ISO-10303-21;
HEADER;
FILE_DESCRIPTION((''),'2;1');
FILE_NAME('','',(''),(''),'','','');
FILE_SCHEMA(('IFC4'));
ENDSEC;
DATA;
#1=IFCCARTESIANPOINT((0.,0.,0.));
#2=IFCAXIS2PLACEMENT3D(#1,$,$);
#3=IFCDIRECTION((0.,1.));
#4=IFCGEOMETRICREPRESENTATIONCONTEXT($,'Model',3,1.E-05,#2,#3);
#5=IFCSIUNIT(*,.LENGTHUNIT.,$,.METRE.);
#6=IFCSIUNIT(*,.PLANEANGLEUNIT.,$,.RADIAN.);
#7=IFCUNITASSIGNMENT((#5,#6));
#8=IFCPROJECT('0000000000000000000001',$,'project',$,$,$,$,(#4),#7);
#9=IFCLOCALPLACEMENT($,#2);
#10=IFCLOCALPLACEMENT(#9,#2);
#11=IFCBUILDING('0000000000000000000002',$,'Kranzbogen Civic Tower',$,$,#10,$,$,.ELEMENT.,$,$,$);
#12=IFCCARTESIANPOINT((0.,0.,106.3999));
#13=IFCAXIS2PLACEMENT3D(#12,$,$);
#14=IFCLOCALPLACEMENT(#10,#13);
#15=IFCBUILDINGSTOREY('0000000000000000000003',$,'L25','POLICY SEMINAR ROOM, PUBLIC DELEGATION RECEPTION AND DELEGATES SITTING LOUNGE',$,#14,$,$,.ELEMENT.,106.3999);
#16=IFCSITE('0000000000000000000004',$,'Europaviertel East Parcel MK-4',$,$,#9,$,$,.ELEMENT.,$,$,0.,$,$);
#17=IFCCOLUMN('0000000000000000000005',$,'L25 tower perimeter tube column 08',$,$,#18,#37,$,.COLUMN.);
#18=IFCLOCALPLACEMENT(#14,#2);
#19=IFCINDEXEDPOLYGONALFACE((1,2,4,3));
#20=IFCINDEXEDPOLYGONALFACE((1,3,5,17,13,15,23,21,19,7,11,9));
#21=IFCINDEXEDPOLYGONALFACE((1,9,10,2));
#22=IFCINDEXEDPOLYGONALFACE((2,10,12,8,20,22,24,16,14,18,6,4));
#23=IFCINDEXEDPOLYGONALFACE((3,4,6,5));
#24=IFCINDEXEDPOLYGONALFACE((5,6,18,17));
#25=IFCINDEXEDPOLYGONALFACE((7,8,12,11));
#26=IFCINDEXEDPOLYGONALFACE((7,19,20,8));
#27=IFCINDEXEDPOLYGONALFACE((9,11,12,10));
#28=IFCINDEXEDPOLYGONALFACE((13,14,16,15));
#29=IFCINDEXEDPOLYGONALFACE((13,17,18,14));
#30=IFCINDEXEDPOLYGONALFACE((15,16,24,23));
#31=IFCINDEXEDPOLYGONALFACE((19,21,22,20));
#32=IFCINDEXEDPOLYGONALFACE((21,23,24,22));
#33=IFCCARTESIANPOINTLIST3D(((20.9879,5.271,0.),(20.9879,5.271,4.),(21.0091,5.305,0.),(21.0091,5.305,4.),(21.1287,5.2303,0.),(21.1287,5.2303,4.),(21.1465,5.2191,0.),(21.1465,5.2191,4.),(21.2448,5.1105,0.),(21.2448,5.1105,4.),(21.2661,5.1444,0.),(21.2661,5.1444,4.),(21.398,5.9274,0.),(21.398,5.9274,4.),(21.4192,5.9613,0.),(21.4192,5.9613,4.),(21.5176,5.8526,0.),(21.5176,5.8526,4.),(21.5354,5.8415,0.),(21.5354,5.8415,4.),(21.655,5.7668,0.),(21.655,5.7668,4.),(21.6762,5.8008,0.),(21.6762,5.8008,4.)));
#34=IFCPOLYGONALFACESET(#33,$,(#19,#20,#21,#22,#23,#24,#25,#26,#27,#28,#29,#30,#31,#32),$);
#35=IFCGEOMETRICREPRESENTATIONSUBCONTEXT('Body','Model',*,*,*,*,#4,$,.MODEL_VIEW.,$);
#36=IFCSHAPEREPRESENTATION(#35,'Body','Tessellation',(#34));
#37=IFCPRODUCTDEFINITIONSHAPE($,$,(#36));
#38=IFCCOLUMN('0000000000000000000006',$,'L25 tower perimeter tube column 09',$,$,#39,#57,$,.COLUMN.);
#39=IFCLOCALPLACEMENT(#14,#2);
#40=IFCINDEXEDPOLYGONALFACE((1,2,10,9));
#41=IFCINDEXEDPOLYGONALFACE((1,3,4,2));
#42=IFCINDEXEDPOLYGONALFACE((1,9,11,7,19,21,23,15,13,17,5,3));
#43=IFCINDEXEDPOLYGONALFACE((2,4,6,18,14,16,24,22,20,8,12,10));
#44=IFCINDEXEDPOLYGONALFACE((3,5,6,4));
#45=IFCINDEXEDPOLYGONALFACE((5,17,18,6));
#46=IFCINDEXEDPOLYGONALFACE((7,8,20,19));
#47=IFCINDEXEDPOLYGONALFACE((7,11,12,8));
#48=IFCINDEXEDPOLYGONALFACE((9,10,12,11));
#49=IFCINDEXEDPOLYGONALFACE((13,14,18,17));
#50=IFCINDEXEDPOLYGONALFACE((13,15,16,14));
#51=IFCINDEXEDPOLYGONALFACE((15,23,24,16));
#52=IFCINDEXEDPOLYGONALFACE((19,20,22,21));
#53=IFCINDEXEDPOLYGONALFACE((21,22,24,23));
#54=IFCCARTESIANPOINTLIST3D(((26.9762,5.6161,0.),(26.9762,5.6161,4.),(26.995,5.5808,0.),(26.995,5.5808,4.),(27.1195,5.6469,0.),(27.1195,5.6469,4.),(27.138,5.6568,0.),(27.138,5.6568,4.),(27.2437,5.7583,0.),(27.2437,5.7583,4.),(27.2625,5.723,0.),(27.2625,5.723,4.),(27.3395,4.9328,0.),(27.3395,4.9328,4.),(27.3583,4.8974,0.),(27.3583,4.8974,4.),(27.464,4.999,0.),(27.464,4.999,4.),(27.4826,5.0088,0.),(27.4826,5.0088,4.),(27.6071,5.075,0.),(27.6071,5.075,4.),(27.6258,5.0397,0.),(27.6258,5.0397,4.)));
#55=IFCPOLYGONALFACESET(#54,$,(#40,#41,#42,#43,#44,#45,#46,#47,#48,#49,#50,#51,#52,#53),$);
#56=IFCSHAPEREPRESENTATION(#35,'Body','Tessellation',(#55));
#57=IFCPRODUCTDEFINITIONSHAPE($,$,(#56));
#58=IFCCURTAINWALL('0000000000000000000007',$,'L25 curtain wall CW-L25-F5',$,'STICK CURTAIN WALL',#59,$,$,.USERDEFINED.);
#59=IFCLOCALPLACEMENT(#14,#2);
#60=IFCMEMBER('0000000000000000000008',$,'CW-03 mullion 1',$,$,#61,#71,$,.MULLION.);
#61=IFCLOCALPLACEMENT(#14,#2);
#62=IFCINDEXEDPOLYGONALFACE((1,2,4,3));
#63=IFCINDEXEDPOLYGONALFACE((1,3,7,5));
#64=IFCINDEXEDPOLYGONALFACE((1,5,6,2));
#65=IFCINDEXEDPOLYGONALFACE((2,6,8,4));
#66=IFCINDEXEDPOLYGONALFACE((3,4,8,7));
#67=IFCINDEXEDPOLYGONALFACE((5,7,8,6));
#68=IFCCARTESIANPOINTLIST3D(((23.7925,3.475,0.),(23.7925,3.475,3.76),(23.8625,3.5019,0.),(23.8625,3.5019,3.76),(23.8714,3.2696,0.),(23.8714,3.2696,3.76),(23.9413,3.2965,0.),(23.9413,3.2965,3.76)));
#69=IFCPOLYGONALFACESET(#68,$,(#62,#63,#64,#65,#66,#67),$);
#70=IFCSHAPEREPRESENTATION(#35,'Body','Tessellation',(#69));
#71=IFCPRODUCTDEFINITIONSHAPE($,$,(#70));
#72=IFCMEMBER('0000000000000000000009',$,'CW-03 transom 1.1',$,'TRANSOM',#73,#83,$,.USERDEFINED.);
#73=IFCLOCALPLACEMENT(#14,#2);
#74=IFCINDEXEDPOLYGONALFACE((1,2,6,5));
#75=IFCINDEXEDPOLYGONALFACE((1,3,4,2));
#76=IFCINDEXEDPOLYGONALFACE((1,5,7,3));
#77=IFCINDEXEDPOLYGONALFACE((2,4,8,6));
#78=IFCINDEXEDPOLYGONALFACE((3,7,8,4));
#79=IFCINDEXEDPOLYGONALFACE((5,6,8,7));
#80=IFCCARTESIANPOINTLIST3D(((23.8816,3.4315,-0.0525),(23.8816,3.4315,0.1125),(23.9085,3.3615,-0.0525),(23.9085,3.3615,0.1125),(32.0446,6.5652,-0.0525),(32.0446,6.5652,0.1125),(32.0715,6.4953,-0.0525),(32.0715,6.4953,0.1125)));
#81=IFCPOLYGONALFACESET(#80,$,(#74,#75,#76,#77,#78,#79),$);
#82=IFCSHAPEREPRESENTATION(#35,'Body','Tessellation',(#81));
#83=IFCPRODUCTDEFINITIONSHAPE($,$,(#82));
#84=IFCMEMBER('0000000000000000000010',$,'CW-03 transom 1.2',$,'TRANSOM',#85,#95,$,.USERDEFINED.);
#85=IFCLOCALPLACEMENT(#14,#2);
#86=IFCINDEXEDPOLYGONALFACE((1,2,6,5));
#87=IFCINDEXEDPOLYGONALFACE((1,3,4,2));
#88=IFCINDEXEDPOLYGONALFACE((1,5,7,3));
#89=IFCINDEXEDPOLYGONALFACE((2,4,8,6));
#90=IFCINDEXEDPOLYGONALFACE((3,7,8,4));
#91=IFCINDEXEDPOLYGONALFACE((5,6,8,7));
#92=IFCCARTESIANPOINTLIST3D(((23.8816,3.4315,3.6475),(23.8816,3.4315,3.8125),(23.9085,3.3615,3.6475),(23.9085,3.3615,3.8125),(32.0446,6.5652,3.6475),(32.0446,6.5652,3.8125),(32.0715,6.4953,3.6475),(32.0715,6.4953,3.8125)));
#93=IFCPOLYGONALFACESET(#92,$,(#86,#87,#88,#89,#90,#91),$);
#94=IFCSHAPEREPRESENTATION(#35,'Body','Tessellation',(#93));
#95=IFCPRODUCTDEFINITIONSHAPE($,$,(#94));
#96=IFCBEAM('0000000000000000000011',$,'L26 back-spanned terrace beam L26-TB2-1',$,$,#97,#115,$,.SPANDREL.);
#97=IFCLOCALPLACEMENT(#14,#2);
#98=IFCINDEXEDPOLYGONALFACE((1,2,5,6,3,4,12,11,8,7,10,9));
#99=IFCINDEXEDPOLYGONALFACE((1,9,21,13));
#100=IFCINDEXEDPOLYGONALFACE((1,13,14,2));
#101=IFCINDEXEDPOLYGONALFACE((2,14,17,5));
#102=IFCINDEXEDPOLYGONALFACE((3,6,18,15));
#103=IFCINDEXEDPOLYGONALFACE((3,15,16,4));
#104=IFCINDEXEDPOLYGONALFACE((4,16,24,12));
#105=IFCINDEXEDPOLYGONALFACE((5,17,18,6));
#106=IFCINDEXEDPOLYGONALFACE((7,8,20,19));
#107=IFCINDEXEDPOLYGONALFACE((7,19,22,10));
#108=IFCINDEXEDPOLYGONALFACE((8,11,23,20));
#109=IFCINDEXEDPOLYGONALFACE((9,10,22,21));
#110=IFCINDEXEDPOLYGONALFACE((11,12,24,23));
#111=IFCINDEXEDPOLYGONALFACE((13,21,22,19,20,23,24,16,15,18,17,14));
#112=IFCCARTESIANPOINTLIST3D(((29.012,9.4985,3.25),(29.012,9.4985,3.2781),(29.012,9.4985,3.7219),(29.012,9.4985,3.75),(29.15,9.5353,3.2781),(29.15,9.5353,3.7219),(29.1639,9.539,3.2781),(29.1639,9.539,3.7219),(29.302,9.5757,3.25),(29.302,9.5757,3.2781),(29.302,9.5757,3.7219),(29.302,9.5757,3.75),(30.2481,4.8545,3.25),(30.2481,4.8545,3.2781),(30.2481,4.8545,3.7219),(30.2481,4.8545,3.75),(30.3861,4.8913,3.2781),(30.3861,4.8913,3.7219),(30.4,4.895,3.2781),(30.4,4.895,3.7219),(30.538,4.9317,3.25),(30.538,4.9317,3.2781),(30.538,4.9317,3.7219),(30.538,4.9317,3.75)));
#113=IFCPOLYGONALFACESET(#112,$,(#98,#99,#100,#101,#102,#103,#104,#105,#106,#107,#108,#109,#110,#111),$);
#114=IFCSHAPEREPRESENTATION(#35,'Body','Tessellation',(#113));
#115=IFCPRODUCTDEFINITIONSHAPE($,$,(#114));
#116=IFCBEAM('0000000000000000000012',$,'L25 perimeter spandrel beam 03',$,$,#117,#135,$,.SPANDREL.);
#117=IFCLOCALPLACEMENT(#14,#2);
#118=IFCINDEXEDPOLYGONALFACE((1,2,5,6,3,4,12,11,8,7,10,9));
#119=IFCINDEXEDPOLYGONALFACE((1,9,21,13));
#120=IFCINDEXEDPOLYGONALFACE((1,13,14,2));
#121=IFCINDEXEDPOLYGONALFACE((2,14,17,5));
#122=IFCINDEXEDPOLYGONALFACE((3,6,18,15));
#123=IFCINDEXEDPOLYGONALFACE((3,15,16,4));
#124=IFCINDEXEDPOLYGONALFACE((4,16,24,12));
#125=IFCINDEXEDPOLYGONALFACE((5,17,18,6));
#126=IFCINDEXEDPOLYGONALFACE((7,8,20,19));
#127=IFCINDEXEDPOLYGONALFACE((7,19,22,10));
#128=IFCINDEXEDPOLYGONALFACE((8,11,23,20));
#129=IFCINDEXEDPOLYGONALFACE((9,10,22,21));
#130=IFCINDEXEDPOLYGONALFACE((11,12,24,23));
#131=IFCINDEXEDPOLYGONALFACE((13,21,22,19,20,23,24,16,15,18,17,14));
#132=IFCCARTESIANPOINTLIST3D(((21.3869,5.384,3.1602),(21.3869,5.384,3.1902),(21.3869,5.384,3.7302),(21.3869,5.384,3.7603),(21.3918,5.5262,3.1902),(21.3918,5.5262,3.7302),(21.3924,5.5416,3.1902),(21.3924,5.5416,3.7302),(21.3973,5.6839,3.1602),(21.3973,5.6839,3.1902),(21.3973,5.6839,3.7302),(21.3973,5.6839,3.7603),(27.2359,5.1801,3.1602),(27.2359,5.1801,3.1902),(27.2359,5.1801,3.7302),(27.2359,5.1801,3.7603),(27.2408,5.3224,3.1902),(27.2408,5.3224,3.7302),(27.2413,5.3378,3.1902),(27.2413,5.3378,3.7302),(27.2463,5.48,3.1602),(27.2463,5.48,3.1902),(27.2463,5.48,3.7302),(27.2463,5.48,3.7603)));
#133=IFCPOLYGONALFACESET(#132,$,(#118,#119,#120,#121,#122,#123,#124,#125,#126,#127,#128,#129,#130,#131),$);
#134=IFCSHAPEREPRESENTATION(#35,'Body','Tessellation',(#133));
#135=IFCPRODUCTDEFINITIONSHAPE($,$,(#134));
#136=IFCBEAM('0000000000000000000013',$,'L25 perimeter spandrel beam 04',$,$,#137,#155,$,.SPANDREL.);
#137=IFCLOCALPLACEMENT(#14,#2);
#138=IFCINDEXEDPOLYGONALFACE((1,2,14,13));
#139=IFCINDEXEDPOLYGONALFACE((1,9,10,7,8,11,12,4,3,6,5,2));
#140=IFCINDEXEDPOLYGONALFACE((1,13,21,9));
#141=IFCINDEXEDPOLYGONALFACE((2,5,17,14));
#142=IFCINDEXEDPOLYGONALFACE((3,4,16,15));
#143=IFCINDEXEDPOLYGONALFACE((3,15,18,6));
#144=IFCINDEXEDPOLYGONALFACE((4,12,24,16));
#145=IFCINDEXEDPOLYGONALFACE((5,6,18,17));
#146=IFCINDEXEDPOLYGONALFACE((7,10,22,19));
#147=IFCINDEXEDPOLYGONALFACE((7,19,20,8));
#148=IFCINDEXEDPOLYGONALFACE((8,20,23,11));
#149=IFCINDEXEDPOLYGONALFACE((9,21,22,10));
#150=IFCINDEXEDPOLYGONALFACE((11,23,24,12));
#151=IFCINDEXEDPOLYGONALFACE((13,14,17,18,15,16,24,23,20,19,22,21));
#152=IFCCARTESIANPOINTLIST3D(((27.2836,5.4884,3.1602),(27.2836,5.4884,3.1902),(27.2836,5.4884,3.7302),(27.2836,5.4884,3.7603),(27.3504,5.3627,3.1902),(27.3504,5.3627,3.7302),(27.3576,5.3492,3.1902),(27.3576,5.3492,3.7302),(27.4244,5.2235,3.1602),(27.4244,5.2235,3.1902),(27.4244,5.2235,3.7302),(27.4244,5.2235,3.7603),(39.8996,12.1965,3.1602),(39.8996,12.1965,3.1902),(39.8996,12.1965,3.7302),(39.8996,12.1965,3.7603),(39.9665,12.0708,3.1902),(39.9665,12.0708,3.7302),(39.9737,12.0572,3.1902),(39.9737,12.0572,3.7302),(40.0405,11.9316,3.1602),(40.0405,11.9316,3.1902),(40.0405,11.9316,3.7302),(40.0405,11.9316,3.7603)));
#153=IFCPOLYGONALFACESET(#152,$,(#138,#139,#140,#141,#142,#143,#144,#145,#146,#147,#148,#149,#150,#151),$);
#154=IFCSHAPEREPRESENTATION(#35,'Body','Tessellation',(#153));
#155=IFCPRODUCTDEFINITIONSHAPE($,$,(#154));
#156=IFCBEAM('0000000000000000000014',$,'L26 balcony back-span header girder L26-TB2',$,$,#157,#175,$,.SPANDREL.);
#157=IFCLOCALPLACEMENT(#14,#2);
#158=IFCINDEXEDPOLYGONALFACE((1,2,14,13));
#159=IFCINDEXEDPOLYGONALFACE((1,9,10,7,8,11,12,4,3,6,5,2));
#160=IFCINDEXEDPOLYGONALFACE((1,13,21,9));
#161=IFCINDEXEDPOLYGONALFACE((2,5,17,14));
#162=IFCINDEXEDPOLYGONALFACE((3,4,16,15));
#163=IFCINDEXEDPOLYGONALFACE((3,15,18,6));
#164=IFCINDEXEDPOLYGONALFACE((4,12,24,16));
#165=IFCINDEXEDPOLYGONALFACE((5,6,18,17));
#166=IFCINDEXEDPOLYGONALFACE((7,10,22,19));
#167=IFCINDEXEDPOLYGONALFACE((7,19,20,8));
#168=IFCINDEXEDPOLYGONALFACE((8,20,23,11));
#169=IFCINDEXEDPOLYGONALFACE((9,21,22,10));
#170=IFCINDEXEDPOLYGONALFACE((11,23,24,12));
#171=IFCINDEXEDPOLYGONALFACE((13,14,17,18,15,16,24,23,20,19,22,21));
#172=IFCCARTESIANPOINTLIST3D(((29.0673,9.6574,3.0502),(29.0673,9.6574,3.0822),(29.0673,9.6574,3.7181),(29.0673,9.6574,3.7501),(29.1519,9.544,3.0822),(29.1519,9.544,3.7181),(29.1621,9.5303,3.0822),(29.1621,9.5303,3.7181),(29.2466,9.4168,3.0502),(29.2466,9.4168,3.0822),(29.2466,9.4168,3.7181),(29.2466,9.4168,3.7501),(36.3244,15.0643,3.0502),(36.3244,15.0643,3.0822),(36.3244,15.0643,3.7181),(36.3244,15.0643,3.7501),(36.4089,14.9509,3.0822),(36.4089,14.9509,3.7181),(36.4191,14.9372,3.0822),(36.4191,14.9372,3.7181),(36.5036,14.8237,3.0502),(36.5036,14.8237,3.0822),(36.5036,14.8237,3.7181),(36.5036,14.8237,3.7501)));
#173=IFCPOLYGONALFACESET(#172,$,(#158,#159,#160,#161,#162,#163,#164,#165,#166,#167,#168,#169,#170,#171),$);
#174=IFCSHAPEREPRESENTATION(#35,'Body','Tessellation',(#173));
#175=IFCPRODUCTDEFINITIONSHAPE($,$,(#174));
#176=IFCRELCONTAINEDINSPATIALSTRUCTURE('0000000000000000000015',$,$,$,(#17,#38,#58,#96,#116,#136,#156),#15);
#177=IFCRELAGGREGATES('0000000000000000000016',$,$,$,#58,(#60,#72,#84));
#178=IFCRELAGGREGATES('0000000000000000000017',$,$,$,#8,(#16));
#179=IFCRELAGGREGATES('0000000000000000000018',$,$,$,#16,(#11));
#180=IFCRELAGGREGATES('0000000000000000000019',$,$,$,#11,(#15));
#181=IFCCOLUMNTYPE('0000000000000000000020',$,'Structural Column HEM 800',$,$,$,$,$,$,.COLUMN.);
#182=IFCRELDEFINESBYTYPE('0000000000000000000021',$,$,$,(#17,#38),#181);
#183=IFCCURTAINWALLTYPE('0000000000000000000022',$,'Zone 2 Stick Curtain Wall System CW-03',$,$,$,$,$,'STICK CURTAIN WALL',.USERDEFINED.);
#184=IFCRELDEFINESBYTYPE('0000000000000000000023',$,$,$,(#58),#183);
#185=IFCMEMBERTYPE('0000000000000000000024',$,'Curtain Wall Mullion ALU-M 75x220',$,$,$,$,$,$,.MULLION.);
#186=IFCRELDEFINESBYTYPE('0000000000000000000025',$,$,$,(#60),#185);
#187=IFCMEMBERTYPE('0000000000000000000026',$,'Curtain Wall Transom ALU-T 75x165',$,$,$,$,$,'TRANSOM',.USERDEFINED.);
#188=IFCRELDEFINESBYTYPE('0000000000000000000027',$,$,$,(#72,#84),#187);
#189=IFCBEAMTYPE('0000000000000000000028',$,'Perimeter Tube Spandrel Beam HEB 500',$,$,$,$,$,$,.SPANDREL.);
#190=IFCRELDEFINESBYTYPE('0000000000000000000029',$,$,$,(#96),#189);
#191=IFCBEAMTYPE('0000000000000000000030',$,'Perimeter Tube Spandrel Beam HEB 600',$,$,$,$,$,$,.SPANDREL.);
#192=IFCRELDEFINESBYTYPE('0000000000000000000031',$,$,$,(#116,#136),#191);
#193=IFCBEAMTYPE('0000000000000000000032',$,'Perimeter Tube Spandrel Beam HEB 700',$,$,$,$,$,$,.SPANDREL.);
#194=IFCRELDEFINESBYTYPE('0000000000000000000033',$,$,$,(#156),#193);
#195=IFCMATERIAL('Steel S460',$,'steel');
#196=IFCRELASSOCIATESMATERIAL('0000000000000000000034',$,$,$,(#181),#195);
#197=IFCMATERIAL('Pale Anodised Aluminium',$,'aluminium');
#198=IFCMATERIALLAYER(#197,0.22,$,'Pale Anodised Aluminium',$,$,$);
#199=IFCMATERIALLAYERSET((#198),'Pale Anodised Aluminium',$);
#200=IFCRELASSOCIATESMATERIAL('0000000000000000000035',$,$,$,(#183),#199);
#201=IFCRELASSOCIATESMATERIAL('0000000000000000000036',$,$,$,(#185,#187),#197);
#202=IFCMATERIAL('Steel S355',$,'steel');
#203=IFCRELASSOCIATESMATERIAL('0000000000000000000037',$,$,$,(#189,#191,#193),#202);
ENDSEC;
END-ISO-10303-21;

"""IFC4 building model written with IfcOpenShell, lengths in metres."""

from ifc_helpers import new_model, si_unit, direction, frame, origin, origin_2d, place, context, subcontext, project, spatial, rectangle, i_section, extrude, material, layer, layer_set, material_profile, profile_set, type_object, element, aggregate, save


model = new_model("IFC4")

# Units and contexts
model_context = context("Model", 3, precision=1e-05, world=origin(), true_north=direction((0.0, 1.0)))
body_context = subcontext(model_context, "Body", "Model", "MODEL_VIEW")
ifc_project = project(units=[si_unit("LENGTHUNIT", "METRE"), si_unit("PLANEANGLEUNIT", "RADIAN")], contexts=[model_context])

# Site, building, storey
site_placement = place(None, origin())
site = spatial("IfcSite", under=ifc_project, at=site_placement, Name="Europaviertel East Parcel MK-4", CompositionType="ELEMENT", RefElevation=0.0)
building_placement = place(site_placement, origin())
building = spatial("IfcBuilding", under=site, at=building_placement, Name="Kranzbogen Civic Tower", CompositionType="ELEMENT")
storey_placement = place(building_placement, frame((0.0, 0.0, 106.3999)))
storey = spatial("IfcBuildingStorey", under=building, at=storey_placement, Name="L25", Description="POLICY SEMINAR ROOM, PUBLIC DELEGATION RECEPTION AND DELEGATES SITTING LOUNGE", CompositionType="ELEMENT", Elevation=106.3999)

# Columns
ifc_material_1 = material(Name="Steel S460", Category="steel")
ifc_material_profile_1 = material_profile(ifc_material_1, i_section(OverallWidth=0.303, OverallDepth=0.814, WebThickness=0.021, FlangeThickness=0.04, at=origin_2d()), Name="HEM 800")
ifc_profile_set_1 = profile_set([ifc_material_profile_1], Name="Steel S460")
column_type = type_object("IfcColumnType", Name="Structural Column HEM 800", PredefinedType="COLUMN", material=ifc_profile_set_1)
for number, where, z_axis, x_axis, name in (
    (1, (21.332, 5.5359, 0.0), (0.0, 0.0, 1.0), (-0.848048, 0.529919, 0.0), "L25 tower perimeter tube column 08"),
    (2, (27.301, 5.3279, 0.0), (0.0, 0.0, 1.0), (0.882948, 0.469472, 0.0), "L25 tower perimeter tube column 09"),
):
    element("IfcColumn", number, at=place(storey_placement, frame(where, z_axis=z_axis, x_axis=x_axis)), inside=storey, type_object=column_type, Name=name, PredefinedType="COLUMN", context=body_context, shape_type="SweptSolid", body=[
        extrude(i_section(OverallWidth=0.303, OverallDepth=0.814, WebThickness=0.021, FlangeThickness=0.04, at=origin_2d()), origin(), (0.0, 0.0, 1.0), 4.0),
    ])

# Curtain wall, members
ifc_material_2 = material(Name="Pale Anodised Aluminium", Category="aluminium")
ifc_layer_1 = layer(ifc_material_2, 0.22, Name="Pale Anodised Aluminium")
ifc_layer_set_1 = layer_set([ifc_layer_1], Name="Pale Anodised Aluminium")
curtain_wall_type = type_object("IfcCurtainWallType", Name="Zone 2 Stick Curtain Wall System CW-03", ElementType="STICK CURTAIN WALL", PredefinedType="USERDEFINED", material=ifc_layer_set_1)
curtain_wall_placement = place(storey_placement, origin())
curtain_wall = element("IfcCurtainWall", 3, at=curtain_wall_placement, inside=storey, type_object=curtain_wall_type, Name="L25 curtain wall CW-L25-F5", ObjectType="STICK CURTAIN WALL", PredefinedType="USERDEFINED")
ifc_material_profile_2 = material_profile(ifc_material_2, rectangle(XDim=0.075, YDim=0.22, at=origin_2d()), Name="ALU-M 75x220")
ifc_profile_set_2 = profile_set([ifc_material_profile_2], Name="Pale Anodised Aluminium")
member_type_1 = type_object("IfcMemberType", Name="Curtain Wall Mullion ALU-M 75x220", PredefinedType="MULLION", material=ifc_profile_set_2)
member_1_placement = place(storey_placement, frame((23.8669, 3.3857, 0.0), z_axis=(0.0, 0.0, 1.0), x_axis=(0.93357, 0.358395, 0.0)))
member_1 = element("IfcMember", 4, at=member_1_placement, type_object=member_type_1, Name="CW-03 mullion 1", PredefinedType="MULLION", context=body_context, shape_type="SweptSolid", body=[
    extrude(rectangle(XDim=0.075, YDim=0.22, at=origin_2d()), origin(), (0.0, 0.0, 1.0), 3.76),
])
ifc_material_profile_3 = material_profile(ifc_material_2, rectangle(XDim=0.075, YDim=0.165, at=origin_2d()), Name="ALU-T 75x165")
ifc_profile_set_3 = profile_set([ifc_material_profile_3], Name="Pale Anodised Aluminium")
member_type_2 = type_object("IfcMemberType", Name="Curtain Wall Transom ALU-T 75x165", ElementType="TRANSOM", PredefinedType="USERDEFINED", material=ifc_profile_set_3)
member_2_placement = place(storey_placement, frame((23.895, 3.3965, 0.03), z_axis=(0.93357, 0.358395, 0.0), x_axis=(-0.358395, 0.93357, 0.0)))
member_2 = element("IfcMember", 5, at=member_2_placement, type_object=member_type_2, Name="CW-03 transom 1.1", ObjectType="TRANSOM", PredefinedType="USERDEFINED", context=body_context, shape_type="SweptSolid", body=[
    extrude(rectangle(XDim=0.075, YDim=0.165, at=origin_2d()), origin(), (0.0, 0.0, 1.0), 8.7439),
])
member_3_placement = place(storey_placement, frame((23.895, 3.3965, 3.73), z_axis=(0.93357, 0.358395, 0.0), x_axis=(-0.358395, 0.93357, 0.0)))
member_3 = element("IfcMember", 6, at=member_3_placement, type_object=member_type_2, Name="CW-03 transom 1.2", ObjectType="TRANSOM", PredefinedType="USERDEFINED", context=body_context, shape_type="SweptSolid", body=[
    extrude(rectangle(XDim=0.075, YDim=0.165, at=origin_2d()), origin(), (0.0, 0.0, 1.0), 8.7439),
])

# Beams
ifc_material_3 = material(Name="Steel S355", Category="steel")
ifc_material_profile_4 = material_profile(ifc_material_3, i_section(OverallWidth=0.3, OverallDepth=0.5, WebThickness=0.0144, FlangeThickness=0.0281, at=origin_2d()), Name="HEB 500")
ifc_profile_set_4 = profile_set([ifc_material_profile_4], Name="Steel S355")
beam_type_1 = type_object("IfcBeamType", Name="Perimeter Tube Spandrel Beam HEB 500", PredefinedType="SPANDREL", material=ifc_profile_set_4)
beam_1_placement = place(storey_placement, frame((29.157, 9.5371, 3.5), z_axis=(0.25721, -0.966355, 0.0), x_axis=(0.966355, 0.25721, 0.0)))
element("IfcBeam", 7, at=beam_1_placement, inside=storey, type_object=beam_type_1, Name="L26 back-spanned terrace beam L26-TB2-1", PredefinedType="SPANDREL", context=body_context, shape_type="SweptSolid", body=[
    extrude(i_section(OverallWidth=0.3, OverallDepth=0.5, WebThickness=0.0144, FlangeThickness=0.0281, at=origin_2d()), origin(), (0.0, 0.0, 1.0), 4.8057),
])
ifc_material_profile_5 = material_profile(ifc_material_3, i_section(OverallWidth=0.3, OverallDepth=0.6001, WebThickness=0.0154, FlangeThickness=0.03, at=origin_2d()), Name="HEB 600")
ifc_profile_set_5 = profile_set([ifc_material_profile_5], Name="Steel S355")
beam_type_2 = type_object("IfcBeamType", Name="Perimeter Tube Spandrel Beam HEB 600", PredefinedType="SPANDREL", material=ifc_profile_set_5)
beam_2_placement = place(storey_placement, frame((21.3921, 5.5339, 3.4602), z_axis=(0.999393, -0.034833, 0.0), x_axis=(0.034833, 0.999393, 0.0)))
element("IfcBeam", 8, at=beam_2_placement, inside=storey, type_object=beam_type_2, Name="L25 perimeter spandrel beam 03", PredefinedType="SPANDREL", context=body_context, shape_type="SweptSolid", body=[
    extrude(i_section(OverallWidth=0.3, OverallDepth=0.6001, WebThickness=0.0154, FlangeThickness=0.03, at=origin_2d()), origin(), (0.0, 0.0, 1.0), 5.8525),
])
beam_3_placement = place(storey_placement, frame((27.354, 5.356, 3.4602), z_axis=(0.882948, 0.46947, 0.0), x_axis=(-0.46947, 0.882948, 0.0)))
element("IfcBeam", 9, at=beam_3_placement, inside=storey, type_object=beam_type_2, Name="L25 perimeter spandrel beam 04", PredefinedType="SPANDREL", context=body_context, shape_type="SweptSolid", body=[
    extrude(i_section(OverallWidth=0.3, OverallDepth=0.6001, WebThickness=0.0154, FlangeThickness=0.03, at=origin_2d()), origin(), (0.0, 0.0, 1.0), 14.2886),
])
ifc_material_profile_6 = material_profile(ifc_material_3, i_section(OverallWidth=0.3, OverallDepth=0.7, WebThickness=0.0171, FlangeThickness=0.032, at=origin_2d()), Name="HEB 700")
ifc_profile_set_6 = profile_set([ifc_material_profile_6], Name="Steel S355")
beam_type_3 = type_object("IfcBeamType", Name="Perimeter Tube Spandrel Beam HEB 700", PredefinedType="SPANDREL", material=ifc_profile_set_6)
beam_4_placement = place(storey_placement, frame((29.157, 9.5371, 3.4001), z_axis=(0.801896, 0.597463, 0.0), x_axis=(-0.597463, 0.801896, 0.0)))
element("IfcBeam", 10, at=beam_4_placement, inside=storey, type_object=beam_type_3, Name="L26 balcony back-span header girder L26-TB2", PredefinedType="SPANDREL", context=body_context, shape_type="SweptSolid", body=[
    extrude(i_section(OverallWidth=0.3, OverallDepth=0.7, WebThickness=0.0171, FlangeThickness=0.032, at=origin_2d()), origin(), (0.0, 0.0, 1.0), 9.0498),
])

aggregate(curtain_wall, [member_1, member_2, member_3])

save(model, "model.ifc")
